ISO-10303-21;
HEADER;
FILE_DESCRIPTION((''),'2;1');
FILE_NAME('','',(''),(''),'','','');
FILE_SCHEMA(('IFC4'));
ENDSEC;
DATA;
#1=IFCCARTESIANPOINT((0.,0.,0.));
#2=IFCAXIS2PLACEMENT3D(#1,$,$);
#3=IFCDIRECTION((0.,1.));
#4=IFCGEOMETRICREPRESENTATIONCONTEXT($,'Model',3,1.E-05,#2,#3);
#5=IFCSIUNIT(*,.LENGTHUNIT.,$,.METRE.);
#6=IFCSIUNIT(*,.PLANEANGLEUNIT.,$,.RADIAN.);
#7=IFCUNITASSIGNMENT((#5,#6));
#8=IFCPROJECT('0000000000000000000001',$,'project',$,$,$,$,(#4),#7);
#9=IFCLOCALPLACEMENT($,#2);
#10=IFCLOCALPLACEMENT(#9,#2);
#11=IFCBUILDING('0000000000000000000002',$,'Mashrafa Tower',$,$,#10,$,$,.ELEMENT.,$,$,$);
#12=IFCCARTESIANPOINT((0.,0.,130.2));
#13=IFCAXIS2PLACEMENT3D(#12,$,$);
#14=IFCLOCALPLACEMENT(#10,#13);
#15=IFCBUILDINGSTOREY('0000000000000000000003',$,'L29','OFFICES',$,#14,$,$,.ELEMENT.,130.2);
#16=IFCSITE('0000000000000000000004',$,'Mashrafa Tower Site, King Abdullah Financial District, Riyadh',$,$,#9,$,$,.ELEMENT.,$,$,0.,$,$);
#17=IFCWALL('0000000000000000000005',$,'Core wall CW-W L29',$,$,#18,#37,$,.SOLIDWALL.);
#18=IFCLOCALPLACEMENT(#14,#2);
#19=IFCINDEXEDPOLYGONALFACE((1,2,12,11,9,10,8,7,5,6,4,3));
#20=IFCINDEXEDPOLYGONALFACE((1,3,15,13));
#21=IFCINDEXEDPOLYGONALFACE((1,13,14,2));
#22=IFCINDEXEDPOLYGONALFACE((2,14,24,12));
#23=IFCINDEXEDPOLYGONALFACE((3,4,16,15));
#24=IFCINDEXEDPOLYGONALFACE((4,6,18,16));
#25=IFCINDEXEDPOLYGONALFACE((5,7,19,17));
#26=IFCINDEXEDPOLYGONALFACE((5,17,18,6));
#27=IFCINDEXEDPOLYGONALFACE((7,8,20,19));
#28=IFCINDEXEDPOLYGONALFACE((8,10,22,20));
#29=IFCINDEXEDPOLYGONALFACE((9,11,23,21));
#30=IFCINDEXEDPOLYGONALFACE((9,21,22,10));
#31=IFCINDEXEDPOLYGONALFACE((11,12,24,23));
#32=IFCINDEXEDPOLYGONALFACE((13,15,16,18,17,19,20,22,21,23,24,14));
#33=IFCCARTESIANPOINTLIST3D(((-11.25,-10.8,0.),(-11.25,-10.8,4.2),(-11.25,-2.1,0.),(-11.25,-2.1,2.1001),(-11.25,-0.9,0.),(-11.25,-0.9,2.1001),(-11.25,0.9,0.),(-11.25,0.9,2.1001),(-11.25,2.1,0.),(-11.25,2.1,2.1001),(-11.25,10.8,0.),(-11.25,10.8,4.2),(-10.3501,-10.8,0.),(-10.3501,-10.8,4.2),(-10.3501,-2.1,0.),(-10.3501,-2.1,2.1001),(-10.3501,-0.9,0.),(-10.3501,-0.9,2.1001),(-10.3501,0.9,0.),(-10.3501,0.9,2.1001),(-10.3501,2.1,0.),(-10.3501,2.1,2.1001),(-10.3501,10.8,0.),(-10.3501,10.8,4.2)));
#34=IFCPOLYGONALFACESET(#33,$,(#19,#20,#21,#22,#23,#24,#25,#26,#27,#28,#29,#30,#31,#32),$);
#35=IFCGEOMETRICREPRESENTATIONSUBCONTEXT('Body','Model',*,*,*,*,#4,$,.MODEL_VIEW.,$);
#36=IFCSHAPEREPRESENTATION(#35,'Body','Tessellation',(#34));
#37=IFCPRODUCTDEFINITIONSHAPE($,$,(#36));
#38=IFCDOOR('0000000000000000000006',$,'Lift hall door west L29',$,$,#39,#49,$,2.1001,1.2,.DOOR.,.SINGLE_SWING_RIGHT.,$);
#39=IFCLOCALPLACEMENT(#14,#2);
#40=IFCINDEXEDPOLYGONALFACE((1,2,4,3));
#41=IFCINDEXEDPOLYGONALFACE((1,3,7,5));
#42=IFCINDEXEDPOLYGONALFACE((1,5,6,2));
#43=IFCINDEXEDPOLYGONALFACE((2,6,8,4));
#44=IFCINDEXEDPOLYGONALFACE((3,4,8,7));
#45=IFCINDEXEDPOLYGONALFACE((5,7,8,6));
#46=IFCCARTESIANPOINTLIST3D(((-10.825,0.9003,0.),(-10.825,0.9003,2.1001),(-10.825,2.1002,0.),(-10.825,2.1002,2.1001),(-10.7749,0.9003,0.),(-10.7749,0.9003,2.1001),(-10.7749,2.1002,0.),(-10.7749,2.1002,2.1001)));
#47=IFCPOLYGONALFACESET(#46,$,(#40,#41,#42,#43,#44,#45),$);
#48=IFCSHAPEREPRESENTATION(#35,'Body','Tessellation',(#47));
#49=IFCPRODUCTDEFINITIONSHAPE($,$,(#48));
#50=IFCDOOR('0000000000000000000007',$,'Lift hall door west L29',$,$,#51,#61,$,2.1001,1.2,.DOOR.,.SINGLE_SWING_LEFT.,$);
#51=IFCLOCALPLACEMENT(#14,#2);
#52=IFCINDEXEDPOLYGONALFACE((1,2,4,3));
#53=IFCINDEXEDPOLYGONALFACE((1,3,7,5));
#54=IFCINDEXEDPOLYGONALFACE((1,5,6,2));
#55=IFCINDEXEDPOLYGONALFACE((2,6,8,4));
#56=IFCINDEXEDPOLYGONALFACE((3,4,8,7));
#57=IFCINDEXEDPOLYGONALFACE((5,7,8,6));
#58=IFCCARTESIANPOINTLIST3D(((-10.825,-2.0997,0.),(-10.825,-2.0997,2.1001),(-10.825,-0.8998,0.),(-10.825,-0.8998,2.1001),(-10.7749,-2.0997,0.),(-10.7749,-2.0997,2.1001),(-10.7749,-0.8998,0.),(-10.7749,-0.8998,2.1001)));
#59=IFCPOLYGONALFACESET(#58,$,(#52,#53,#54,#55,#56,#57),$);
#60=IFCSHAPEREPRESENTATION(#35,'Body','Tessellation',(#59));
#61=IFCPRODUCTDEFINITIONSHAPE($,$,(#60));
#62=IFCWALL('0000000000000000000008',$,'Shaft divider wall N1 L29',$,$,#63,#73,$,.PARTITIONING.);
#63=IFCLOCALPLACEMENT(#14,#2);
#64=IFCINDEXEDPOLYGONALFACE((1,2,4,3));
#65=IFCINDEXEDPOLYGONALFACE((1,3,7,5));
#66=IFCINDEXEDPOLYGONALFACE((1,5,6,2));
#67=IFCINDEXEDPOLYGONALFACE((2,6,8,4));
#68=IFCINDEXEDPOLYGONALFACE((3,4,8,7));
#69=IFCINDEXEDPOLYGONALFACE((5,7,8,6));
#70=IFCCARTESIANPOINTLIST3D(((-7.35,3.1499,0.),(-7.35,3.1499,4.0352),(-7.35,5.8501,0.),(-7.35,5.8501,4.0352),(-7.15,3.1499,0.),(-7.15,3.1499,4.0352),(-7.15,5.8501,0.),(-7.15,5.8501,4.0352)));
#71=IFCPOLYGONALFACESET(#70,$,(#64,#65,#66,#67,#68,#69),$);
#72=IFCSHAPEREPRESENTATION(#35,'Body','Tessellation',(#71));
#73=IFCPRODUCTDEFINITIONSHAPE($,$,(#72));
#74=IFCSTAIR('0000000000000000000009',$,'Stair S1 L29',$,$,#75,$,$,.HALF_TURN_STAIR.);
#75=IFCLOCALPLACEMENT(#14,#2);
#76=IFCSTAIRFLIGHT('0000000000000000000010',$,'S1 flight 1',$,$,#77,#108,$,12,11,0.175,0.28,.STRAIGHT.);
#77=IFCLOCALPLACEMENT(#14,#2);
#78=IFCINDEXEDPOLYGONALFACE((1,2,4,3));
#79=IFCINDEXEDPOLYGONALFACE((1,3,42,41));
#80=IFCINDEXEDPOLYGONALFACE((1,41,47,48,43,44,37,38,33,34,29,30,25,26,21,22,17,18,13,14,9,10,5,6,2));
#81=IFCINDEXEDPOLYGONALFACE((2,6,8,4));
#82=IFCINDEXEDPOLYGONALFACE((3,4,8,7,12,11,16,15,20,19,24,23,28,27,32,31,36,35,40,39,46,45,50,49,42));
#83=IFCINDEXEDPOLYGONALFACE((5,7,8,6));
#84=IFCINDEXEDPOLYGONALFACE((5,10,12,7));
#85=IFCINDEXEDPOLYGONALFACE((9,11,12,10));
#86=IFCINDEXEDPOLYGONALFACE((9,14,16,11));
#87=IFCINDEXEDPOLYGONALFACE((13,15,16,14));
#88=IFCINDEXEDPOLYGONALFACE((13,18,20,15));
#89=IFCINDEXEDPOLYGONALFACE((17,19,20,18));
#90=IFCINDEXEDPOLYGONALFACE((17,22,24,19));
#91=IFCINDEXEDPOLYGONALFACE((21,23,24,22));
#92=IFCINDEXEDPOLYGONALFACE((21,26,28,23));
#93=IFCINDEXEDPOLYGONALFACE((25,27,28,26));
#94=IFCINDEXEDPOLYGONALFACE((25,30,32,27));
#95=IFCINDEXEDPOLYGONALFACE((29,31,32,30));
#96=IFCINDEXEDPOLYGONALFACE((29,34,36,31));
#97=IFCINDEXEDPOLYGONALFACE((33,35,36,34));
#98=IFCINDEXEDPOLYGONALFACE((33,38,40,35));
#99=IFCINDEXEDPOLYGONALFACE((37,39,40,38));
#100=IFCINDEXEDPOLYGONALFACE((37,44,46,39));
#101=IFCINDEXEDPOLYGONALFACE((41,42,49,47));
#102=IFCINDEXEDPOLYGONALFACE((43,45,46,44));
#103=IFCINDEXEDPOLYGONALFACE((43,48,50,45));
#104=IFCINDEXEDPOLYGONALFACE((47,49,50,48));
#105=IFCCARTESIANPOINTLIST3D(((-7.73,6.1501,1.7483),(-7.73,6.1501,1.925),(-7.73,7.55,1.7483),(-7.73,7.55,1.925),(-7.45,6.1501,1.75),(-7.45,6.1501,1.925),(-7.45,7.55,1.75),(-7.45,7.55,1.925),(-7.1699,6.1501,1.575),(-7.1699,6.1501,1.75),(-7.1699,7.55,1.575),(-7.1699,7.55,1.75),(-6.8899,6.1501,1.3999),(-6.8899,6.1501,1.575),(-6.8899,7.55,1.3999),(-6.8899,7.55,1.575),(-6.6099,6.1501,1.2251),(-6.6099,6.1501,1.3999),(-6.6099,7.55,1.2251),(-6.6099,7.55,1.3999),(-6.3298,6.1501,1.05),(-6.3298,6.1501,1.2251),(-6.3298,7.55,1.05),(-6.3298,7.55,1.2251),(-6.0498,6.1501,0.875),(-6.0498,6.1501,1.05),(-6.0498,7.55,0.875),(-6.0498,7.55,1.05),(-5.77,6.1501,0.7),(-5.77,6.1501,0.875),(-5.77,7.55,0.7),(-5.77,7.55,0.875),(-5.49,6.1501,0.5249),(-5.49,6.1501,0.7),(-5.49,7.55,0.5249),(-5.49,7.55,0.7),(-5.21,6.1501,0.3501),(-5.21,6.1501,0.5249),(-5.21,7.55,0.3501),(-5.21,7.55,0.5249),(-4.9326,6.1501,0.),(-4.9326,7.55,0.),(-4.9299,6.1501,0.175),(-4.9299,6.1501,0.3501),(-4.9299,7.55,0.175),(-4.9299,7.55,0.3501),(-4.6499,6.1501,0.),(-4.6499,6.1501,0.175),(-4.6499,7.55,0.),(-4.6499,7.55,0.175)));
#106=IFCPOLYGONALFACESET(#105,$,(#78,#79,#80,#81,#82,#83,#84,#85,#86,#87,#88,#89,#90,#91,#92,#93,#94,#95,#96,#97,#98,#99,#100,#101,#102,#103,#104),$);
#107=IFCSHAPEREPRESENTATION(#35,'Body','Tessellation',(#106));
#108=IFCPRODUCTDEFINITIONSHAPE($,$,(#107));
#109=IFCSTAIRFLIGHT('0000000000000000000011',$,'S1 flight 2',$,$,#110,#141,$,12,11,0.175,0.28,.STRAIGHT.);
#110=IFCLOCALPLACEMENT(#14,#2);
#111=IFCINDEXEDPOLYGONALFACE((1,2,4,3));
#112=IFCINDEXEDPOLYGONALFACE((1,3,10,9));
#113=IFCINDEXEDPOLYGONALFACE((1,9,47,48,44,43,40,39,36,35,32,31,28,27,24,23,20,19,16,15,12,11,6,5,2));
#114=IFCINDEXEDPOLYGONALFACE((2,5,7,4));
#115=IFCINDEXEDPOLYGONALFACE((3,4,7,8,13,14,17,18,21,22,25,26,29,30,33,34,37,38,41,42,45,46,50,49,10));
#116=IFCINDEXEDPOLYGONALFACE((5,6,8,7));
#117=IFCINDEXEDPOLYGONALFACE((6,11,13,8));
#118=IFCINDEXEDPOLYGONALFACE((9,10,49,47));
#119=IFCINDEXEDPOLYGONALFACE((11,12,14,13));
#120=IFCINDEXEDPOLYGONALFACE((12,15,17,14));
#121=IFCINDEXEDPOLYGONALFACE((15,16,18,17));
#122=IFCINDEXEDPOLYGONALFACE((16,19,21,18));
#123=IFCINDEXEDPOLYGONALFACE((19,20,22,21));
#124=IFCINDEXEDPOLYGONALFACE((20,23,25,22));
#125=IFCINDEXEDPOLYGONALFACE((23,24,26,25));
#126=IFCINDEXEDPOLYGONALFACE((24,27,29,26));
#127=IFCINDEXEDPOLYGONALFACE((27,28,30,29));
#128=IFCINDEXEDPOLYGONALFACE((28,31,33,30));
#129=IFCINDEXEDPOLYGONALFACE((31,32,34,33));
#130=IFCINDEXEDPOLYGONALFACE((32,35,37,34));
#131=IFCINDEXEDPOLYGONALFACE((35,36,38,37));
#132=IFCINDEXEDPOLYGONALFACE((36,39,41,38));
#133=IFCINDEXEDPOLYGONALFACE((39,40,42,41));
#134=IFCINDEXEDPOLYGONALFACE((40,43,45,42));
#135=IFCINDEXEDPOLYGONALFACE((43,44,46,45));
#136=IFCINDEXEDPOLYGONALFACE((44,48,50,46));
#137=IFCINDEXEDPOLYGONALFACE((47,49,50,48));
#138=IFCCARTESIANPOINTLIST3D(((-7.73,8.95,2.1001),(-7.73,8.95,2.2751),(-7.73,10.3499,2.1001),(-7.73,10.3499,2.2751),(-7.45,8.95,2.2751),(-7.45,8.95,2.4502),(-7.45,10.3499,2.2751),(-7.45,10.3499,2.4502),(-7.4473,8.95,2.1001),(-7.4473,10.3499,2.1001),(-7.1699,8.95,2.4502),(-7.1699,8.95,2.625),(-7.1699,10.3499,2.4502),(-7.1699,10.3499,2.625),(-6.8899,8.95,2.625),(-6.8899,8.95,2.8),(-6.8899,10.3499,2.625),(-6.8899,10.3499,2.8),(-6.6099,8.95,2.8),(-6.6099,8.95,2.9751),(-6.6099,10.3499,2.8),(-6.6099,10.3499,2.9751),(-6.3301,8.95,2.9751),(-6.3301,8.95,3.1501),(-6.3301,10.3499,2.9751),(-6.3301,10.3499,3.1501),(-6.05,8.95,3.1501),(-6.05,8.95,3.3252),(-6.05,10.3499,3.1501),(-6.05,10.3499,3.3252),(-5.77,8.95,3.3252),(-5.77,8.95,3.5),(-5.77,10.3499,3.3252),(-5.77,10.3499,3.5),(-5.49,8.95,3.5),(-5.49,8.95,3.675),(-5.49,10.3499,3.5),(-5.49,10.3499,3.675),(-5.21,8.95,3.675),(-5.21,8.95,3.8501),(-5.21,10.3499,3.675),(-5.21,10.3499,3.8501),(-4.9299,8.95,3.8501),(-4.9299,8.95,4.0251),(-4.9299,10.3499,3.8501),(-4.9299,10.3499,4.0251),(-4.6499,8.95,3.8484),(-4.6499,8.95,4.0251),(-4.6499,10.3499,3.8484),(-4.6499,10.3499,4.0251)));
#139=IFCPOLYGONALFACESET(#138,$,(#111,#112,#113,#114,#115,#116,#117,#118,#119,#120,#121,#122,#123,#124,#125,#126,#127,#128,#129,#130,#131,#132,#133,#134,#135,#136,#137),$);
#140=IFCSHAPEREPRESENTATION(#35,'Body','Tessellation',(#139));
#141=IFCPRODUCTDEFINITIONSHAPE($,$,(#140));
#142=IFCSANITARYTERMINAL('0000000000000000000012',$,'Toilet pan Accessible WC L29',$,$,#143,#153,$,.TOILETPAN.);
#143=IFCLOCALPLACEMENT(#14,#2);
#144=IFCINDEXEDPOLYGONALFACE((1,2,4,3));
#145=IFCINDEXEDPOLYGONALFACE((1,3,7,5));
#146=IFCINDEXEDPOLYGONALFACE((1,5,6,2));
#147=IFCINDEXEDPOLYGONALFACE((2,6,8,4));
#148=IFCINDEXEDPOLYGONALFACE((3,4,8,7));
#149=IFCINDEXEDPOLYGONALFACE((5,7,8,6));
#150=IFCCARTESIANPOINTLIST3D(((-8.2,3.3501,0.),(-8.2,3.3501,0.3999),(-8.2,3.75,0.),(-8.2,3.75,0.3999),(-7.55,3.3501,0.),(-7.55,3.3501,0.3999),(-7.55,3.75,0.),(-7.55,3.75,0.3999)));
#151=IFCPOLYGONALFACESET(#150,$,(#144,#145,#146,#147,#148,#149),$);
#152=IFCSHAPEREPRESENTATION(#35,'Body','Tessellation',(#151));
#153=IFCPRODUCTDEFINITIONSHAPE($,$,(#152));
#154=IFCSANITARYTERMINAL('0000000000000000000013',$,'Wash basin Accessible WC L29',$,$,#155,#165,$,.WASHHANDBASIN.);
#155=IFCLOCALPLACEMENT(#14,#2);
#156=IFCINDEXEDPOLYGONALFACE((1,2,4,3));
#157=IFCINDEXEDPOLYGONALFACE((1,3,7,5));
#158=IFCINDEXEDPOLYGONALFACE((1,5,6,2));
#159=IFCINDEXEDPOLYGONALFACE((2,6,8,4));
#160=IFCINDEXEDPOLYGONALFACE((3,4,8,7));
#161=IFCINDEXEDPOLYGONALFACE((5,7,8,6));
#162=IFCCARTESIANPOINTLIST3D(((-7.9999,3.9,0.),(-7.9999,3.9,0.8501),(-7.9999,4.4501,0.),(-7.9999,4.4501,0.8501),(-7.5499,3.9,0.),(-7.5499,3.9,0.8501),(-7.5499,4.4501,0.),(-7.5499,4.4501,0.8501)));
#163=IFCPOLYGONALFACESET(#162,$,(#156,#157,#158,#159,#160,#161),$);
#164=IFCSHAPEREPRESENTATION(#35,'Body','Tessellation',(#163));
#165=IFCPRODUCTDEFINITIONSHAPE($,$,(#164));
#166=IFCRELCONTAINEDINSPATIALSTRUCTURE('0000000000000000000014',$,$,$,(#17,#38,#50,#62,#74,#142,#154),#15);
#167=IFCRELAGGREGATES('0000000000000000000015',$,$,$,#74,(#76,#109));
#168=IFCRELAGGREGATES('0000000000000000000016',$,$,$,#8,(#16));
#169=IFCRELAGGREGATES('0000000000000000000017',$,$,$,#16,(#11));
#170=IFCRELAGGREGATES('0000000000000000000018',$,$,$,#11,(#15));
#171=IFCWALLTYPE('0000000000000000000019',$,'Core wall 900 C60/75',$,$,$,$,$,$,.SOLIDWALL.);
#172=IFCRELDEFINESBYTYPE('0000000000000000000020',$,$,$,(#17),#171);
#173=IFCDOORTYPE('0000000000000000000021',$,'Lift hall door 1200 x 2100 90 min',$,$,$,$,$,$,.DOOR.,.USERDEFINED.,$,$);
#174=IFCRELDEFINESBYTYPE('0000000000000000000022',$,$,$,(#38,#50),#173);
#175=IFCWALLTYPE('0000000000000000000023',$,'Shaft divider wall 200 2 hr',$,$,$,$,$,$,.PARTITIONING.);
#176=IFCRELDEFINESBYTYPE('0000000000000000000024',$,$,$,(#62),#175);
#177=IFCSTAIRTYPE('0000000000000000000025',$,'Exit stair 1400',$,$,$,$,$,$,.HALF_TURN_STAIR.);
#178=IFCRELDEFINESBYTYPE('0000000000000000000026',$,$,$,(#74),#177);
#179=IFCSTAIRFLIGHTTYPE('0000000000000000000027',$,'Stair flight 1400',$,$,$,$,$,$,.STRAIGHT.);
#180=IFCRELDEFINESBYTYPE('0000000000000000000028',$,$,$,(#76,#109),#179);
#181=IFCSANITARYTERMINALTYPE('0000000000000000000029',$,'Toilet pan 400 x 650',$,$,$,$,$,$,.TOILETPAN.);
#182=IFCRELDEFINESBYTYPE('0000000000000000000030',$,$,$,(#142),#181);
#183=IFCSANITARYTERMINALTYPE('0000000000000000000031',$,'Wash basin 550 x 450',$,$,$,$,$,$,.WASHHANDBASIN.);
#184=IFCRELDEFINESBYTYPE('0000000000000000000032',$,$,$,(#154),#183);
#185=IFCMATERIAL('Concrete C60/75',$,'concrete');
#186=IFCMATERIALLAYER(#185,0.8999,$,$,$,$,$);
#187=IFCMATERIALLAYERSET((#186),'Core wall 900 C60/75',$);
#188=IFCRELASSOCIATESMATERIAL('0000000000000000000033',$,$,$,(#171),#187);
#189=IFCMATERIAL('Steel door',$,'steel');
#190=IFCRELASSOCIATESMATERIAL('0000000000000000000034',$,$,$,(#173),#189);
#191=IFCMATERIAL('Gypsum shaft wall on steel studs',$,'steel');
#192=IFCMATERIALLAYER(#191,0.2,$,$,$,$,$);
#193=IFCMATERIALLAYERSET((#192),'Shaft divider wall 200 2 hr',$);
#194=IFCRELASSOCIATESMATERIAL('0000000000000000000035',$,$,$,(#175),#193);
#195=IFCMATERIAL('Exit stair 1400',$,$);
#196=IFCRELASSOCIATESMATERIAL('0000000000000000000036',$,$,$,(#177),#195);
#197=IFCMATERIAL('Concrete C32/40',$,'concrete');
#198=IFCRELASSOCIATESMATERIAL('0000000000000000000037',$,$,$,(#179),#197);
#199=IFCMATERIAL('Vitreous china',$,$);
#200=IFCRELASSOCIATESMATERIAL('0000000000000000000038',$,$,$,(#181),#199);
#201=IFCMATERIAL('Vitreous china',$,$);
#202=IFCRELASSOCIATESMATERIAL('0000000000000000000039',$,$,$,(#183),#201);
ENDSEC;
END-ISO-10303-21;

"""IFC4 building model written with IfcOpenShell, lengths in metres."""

from ifc_helpers import new_model, si_unit, direction, frame, frame_2d, origin, origin_2d, place, context, subcontext, project, spatial, polyline, rectangle, outline, extrude, material, layer, layer_set, type_object, element, fill, aggregate, save


model = new_model("IFC4")

# Units and contexts
model_context = context("Model", 3, precision=1e-05, world=origin(), true_north=direction((0.0, 1.0)))
body_context = subcontext(model_context, "Body", "Model", "MODEL_VIEW")
ifc_project = project(units=[si_unit("LENGTHUNIT", "METRE"), si_unit("PLANEANGLEUNIT", "RADIAN")], contexts=[model_context])

# Site, building, storey
site_placement = place(None, origin())
site = spatial("IfcSite", under=ifc_project, at=site_placement, Name="Mashrafa Tower Site, King Abdullah Financial District, Riyadh", CompositionType="ELEMENT", RefElevation=0.0)
building_placement = place(site_placement, origin())
building = spatial("IfcBuilding", under=site, at=building_placement, Name="Mashrafa Tower", CompositionType="ELEMENT")
storey_placement = place(building_placement, frame((0.0, 0.0, 130.2)))
storey = spatial("IfcBuildingStorey", under=building, at=storey_placement, Name="L29", Description="OFFICES", CompositionType="ELEMENT", Elevation=130.2)

# Wall, openings, doors
ifc_material_1 = material(Name="Concrete C60/75", Category="concrete")
ifc_layer_1 = layer(ifc_material_1, 0.8999)
ifc_layer_set_1 = layer_set([ifc_layer_1], Name="Core wall 900 C60/75")
wall_type_1 = type_object("IfcWallType", Name="Core wall 900 C60/75", PredefinedType="SOLIDWALL", material=ifc_layer_set_1)
wall_1_placement = place(storey_placement, frame((-10.8, 10.8, 0.0), z_axis=(0.0, 0.0, 1.0), x_axis=(0.0, -1.0, 0.0)))
wall_1 = element("IfcWall", 1, at=wall_1_placement, inside=storey, type_object=wall_type_1, Name="Core wall CW-W L29", PredefinedType="SOLIDWALL", context=body_context, shape_type="SweptSolid", body=[
    extrude(rectangle(XDim=21.6001, YDim=0.8999, at=frame_2d((10.8, 0.0))), origin(), (0.0, 0.0, 1.0), 4.2),
])
opening_1_placement = place(wall_1_placement, frame((8.7, 0.0, 0.0)))
opening_1 = element("IfcOpeningElement", 2, at=opening_1_placement, cuts=wall_1, PredefinedType="OPENING", context=body_context, shape_type="SweptSolid", body=[
    extrude(rectangle(XDim=1.2, YDim=2.1001, at=frame_2d((0.6001, 1.05))), frame((0.0, 0.46, 0.0), z_axis=(0.0, -1.0, 0.0), x_axis=(1.0, 0.0, 0.0)), (0.0, 0.0, 1.0), 0.9199),
])
opening_2_placement = place(wall_1_placement, frame((11.7, 0.0, 0.0)))
opening_2 = element("IfcOpeningElement", 3, at=opening_2_placement, cuts=wall_1, PredefinedType="OPENING", context=body_context, shape_type="SweptSolid", body=[
    extrude(rectangle(XDim=1.2, YDim=2.1001, at=frame_2d((0.6001, 1.05))), frame((0.0, 0.46, 0.0), z_axis=(0.0, -1.0, 0.0), x_axis=(1.0, 0.0, 0.0)), (0.0, 0.0, 1.0), 0.9199),
])
ifc_material_2 = material(Name="Steel door", Category="steel")
door_type_1 = type_object("IfcDoorType", Name="Lift hall door 1200 x 2100 90 min", OperationType="USERDEFINED", PredefinedType="DOOR", material=ifc_material_2)
door_1_placement = place(opening_1_placement, frame((1.2, 0.0, 0.0), z_axis=(0.0, 0.0, 1.0), x_axis=(-1.0, 0.0, 0.0)))
door_1 = element("IfcDoor", 4, at=door_1_placement, inside=storey, type_object=door_type_1, Name="Lift hall door west L29", OperationType="SINGLE_SWING_RIGHT", OverallHeight=2.1001, OverallWidth=1.2, PredefinedType="DOOR", context=body_context, shape_type="SweptSolid", body=[
    extrude(rectangle(XDim=1.2, YDim=2.1001, at=frame_2d((0.6001, 1.05))), frame((0.0, 0.0249, 0.0), z_axis=(0.0, -1.0, 0.0), x_axis=(1.0, 0.0, 0.0)), (0.0, 0.0, 1.0), 0.05),
])
fill(opening_1, door_1)
door_2_placement = place(opening_2_placement, frame((1.2, 0.0, 0.0), z_axis=(0.0, 0.0, 1.0), x_axis=(-1.0, 0.0, 0.0)))
door_2 = element("IfcDoor", 5, at=door_2_placement, inside=storey, type_object=door_type_1, Name="Lift hall door west L29", OperationType="SINGLE_SWING_LEFT", OverallHeight=2.1001, OverallWidth=1.2, PredefinedType="DOOR", context=body_context, shape_type="SweptSolid", body=[
    extrude(rectangle(XDim=1.2, YDim=2.1001, at=frame_2d((0.6001, 1.05))), frame((0.0, 0.0249, 0.0), z_axis=(0.0, -1.0, 0.0), x_axis=(1.0, 0.0, 0.0)), (0.0, 0.0, 1.0), 0.05),
])
fill(opening_2, door_2)

# Wall
ifc_material_3 = material(Name="Gypsum shaft wall on steel studs", Category="steel")
ifc_layer_2 = layer(ifc_material_3, 0.2)
ifc_layer_set_2 = layer_set([ifc_layer_2], Name="Shaft divider wall 200 2 hr")
wall_type_2 = type_object("IfcWallType", Name="Shaft divider wall 200 2 hr", PredefinedType="PARTITIONING", material=ifc_layer_set_2)
wall_2_placement = place(storey_placement, frame((-7.25, 3.1499, 0.0), z_axis=(0.0, 0.0, 1.0), x_axis=(0.0, 1.0, 0.0)))
element("IfcWall", 6, at=wall_2_placement, inside=storey, type_object=wall_type_2, Name="Shaft divider wall N1 L29", PredefinedType="PARTITIONING", context=body_context, shape_type="SweptSolid", body=[
    extrude(rectangle(XDim=2.7002, YDim=0.2, at=frame_2d((1.3501, 0.0))), origin(), (0.0, 0.0, 1.0), 4.0352),
])

# Stair, stair flights
ifc_material_4 = material(Name="Exit stair 1400")
stair_type = type_object("IfcStairType", Name="Exit stair 1400", PredefinedType="HALF_TURN_STAIR", material=ifc_material_4)
stair_placement = place(storey_placement, origin())
stair = element("IfcStair", 7, at=stair_placement, inside=storey, type_object=stair_type, Name="Stair S1 L29", PredefinedType="HALF_TURN_STAIR")
ifc_material_5 = material(Name="Concrete C32/40", Category="concrete")
stair_flight_type = type_object("IfcStairFlightType", Name="Stair flight 1400", PredefinedType="STRAIGHT", material=ifc_material_5)
stair_flight_1_placement = place(storey_placement, frame((-4.6499, 6.8501, 0.0), z_axis=(0.0, 0.0, 1.0), x_axis=(-1.0, 0.0, 0.0)))
stair_flight_1 = element("IfcStairFlight", 8, at=stair_flight_1_placement, type_object=stair_flight_type, Name="S1 flight 1", NumberOfRisers=12, NumberOfTreads=11, PredefinedType="STRAIGHT", RiserHeight=0.175, TreadLength=0.28, context=body_context, shape_type="SweptSolid", body=[
    extrude(outline(polyline([(0.0, 0.0), (0.0, 0.175), (0.28, 0.175), (0.28, 0.3501), (0.5601, 0.3501), (0.5601, 0.5249), (0.8401, 0.5249), (0.8401, 0.7), (1.1201, 0.7), (1.1201, 0.875), (1.3999, 0.875), (1.3999, 1.05), (1.6799, 1.05), (1.6799, 1.2251), (1.96, 1.2251), (1.96, 1.3999), (2.24, 1.3999), (2.24, 1.575), (2.52, 1.575), (2.52, 1.75), (2.8, 1.75), (2.8, 1.925), (3.0801, 1.925), (3.0801, 2.1001), (3.0801, 1.7483), (0.2827, 0.0), (0.0, 0.0)])), frame((0.0, 0.7, 0.0), z_axis=(0.0, -1.0, 0.0), x_axis=(1.0, 0.0, 0.0)), (0.0, 0.0, 1.0), 1.3999),
])
stair_flight_2_placement = place(storey_placement, frame((-7.73, 9.6499, 2.1001), z_axis=(0.0, 0.0, 1.0), x_axis=(1.0, 0.0, 0.0)))
stair_flight_2 = element("IfcStairFlight", 9, at=stair_flight_2_placement, type_object=stair_flight_type, Name="S1 flight 2", NumberOfRisers=12, NumberOfTreads=11, PredefinedType="STRAIGHT", RiserHeight=0.175, TreadLength=0.28, context=body_context, shape_type="SweptSolid", body=[
    extrude(outline(polyline([(0.0, 0.0), (0.0, 0.175), (0.28, 0.175), (0.28, 0.3501), (0.5601, 0.3501), (0.5601, 0.5249), (0.8401, 0.5249), (0.8401, 0.7), (1.1201, 0.7), (1.1201, 0.875), (1.3999, 0.875), (1.3999, 1.05), (1.6799, 1.05), (1.6799, 1.2251), (1.96, 1.2251), (1.96, 1.3999), (2.24, 1.3999), (2.24, 1.575), (2.52, 1.575), (2.52, 1.75), (2.8, 1.75), (2.8, 1.925), (3.0801, 1.925), (3.0801, 2.1001), (3.0801, 1.7483), (0.2827, 0.0), (0.0, 0.0)])), frame((0.0, 0.7, 0.0), z_axis=(0.0, -1.0, 0.0), x_axis=(1.0, 0.0, 0.0)), (0.0, 0.0, 1.0), 1.3999),
])
aggregate(stair, [stair_flight_1, stair_flight_2])

# Sanitary terminals
ifc_material_6 = material(Name="Vitreous china")
sanitary_terminal_type_1 = type_object("IfcSanitaryTerminalType", Name="Toilet pan 400 x 650", PredefinedType="TOILETPAN", material=ifc_material_6)
sanitary_terminal_1_placement = place(storey_placement, frame((-7.875, 3.55, 0.0), z_axis=(0.0, 0.0, 1.0), x_axis=(0.0, 1.0, 0.0)))
element("IfcSanitaryTerminal", 10, at=sanitary_terminal_1_placement, inside=storey, type_object=sanitary_terminal_type_1, Name="Toilet pan Accessible WC L29", PredefinedType="TOILETPAN", context=body_context, shape_type="SweptSolid", body=[
    extrude(rectangle(XDim=0.3999, YDim=0.6499, at=origin_2d()), origin(), (0.0, 0.0, 1.0), 0.3999),
])
ifc_material_7 = material(Name="Vitreous china")
sanitary_terminal_type_2 = type_object("IfcSanitaryTerminalType", Name="Wash basin 550 x 450", PredefinedType="WASHHANDBASIN", material=ifc_material_7)
sanitary_terminal_2_placement = place(storey_placement, frame((-7.7749, 4.175, 0.0), z_axis=(0.0, 0.0, 1.0), x_axis=(0.0, 1.0, 0.0)))
element("IfcSanitaryTerminal", 11, at=sanitary_terminal_2_placement, inside=storey, type_object=sanitary_terminal_type_2, Name="Wash basin Accessible WC L29", PredefinedType="WASHHANDBASIN", context=body_context, shape_type="SweptSolid", body=[
    extrude(rectangle(XDim=0.55, YDim=0.45, at=origin_2d()), origin(), (0.0, 0.0, 1.0), 0.8501),
])

save(model, "model.ifc")
